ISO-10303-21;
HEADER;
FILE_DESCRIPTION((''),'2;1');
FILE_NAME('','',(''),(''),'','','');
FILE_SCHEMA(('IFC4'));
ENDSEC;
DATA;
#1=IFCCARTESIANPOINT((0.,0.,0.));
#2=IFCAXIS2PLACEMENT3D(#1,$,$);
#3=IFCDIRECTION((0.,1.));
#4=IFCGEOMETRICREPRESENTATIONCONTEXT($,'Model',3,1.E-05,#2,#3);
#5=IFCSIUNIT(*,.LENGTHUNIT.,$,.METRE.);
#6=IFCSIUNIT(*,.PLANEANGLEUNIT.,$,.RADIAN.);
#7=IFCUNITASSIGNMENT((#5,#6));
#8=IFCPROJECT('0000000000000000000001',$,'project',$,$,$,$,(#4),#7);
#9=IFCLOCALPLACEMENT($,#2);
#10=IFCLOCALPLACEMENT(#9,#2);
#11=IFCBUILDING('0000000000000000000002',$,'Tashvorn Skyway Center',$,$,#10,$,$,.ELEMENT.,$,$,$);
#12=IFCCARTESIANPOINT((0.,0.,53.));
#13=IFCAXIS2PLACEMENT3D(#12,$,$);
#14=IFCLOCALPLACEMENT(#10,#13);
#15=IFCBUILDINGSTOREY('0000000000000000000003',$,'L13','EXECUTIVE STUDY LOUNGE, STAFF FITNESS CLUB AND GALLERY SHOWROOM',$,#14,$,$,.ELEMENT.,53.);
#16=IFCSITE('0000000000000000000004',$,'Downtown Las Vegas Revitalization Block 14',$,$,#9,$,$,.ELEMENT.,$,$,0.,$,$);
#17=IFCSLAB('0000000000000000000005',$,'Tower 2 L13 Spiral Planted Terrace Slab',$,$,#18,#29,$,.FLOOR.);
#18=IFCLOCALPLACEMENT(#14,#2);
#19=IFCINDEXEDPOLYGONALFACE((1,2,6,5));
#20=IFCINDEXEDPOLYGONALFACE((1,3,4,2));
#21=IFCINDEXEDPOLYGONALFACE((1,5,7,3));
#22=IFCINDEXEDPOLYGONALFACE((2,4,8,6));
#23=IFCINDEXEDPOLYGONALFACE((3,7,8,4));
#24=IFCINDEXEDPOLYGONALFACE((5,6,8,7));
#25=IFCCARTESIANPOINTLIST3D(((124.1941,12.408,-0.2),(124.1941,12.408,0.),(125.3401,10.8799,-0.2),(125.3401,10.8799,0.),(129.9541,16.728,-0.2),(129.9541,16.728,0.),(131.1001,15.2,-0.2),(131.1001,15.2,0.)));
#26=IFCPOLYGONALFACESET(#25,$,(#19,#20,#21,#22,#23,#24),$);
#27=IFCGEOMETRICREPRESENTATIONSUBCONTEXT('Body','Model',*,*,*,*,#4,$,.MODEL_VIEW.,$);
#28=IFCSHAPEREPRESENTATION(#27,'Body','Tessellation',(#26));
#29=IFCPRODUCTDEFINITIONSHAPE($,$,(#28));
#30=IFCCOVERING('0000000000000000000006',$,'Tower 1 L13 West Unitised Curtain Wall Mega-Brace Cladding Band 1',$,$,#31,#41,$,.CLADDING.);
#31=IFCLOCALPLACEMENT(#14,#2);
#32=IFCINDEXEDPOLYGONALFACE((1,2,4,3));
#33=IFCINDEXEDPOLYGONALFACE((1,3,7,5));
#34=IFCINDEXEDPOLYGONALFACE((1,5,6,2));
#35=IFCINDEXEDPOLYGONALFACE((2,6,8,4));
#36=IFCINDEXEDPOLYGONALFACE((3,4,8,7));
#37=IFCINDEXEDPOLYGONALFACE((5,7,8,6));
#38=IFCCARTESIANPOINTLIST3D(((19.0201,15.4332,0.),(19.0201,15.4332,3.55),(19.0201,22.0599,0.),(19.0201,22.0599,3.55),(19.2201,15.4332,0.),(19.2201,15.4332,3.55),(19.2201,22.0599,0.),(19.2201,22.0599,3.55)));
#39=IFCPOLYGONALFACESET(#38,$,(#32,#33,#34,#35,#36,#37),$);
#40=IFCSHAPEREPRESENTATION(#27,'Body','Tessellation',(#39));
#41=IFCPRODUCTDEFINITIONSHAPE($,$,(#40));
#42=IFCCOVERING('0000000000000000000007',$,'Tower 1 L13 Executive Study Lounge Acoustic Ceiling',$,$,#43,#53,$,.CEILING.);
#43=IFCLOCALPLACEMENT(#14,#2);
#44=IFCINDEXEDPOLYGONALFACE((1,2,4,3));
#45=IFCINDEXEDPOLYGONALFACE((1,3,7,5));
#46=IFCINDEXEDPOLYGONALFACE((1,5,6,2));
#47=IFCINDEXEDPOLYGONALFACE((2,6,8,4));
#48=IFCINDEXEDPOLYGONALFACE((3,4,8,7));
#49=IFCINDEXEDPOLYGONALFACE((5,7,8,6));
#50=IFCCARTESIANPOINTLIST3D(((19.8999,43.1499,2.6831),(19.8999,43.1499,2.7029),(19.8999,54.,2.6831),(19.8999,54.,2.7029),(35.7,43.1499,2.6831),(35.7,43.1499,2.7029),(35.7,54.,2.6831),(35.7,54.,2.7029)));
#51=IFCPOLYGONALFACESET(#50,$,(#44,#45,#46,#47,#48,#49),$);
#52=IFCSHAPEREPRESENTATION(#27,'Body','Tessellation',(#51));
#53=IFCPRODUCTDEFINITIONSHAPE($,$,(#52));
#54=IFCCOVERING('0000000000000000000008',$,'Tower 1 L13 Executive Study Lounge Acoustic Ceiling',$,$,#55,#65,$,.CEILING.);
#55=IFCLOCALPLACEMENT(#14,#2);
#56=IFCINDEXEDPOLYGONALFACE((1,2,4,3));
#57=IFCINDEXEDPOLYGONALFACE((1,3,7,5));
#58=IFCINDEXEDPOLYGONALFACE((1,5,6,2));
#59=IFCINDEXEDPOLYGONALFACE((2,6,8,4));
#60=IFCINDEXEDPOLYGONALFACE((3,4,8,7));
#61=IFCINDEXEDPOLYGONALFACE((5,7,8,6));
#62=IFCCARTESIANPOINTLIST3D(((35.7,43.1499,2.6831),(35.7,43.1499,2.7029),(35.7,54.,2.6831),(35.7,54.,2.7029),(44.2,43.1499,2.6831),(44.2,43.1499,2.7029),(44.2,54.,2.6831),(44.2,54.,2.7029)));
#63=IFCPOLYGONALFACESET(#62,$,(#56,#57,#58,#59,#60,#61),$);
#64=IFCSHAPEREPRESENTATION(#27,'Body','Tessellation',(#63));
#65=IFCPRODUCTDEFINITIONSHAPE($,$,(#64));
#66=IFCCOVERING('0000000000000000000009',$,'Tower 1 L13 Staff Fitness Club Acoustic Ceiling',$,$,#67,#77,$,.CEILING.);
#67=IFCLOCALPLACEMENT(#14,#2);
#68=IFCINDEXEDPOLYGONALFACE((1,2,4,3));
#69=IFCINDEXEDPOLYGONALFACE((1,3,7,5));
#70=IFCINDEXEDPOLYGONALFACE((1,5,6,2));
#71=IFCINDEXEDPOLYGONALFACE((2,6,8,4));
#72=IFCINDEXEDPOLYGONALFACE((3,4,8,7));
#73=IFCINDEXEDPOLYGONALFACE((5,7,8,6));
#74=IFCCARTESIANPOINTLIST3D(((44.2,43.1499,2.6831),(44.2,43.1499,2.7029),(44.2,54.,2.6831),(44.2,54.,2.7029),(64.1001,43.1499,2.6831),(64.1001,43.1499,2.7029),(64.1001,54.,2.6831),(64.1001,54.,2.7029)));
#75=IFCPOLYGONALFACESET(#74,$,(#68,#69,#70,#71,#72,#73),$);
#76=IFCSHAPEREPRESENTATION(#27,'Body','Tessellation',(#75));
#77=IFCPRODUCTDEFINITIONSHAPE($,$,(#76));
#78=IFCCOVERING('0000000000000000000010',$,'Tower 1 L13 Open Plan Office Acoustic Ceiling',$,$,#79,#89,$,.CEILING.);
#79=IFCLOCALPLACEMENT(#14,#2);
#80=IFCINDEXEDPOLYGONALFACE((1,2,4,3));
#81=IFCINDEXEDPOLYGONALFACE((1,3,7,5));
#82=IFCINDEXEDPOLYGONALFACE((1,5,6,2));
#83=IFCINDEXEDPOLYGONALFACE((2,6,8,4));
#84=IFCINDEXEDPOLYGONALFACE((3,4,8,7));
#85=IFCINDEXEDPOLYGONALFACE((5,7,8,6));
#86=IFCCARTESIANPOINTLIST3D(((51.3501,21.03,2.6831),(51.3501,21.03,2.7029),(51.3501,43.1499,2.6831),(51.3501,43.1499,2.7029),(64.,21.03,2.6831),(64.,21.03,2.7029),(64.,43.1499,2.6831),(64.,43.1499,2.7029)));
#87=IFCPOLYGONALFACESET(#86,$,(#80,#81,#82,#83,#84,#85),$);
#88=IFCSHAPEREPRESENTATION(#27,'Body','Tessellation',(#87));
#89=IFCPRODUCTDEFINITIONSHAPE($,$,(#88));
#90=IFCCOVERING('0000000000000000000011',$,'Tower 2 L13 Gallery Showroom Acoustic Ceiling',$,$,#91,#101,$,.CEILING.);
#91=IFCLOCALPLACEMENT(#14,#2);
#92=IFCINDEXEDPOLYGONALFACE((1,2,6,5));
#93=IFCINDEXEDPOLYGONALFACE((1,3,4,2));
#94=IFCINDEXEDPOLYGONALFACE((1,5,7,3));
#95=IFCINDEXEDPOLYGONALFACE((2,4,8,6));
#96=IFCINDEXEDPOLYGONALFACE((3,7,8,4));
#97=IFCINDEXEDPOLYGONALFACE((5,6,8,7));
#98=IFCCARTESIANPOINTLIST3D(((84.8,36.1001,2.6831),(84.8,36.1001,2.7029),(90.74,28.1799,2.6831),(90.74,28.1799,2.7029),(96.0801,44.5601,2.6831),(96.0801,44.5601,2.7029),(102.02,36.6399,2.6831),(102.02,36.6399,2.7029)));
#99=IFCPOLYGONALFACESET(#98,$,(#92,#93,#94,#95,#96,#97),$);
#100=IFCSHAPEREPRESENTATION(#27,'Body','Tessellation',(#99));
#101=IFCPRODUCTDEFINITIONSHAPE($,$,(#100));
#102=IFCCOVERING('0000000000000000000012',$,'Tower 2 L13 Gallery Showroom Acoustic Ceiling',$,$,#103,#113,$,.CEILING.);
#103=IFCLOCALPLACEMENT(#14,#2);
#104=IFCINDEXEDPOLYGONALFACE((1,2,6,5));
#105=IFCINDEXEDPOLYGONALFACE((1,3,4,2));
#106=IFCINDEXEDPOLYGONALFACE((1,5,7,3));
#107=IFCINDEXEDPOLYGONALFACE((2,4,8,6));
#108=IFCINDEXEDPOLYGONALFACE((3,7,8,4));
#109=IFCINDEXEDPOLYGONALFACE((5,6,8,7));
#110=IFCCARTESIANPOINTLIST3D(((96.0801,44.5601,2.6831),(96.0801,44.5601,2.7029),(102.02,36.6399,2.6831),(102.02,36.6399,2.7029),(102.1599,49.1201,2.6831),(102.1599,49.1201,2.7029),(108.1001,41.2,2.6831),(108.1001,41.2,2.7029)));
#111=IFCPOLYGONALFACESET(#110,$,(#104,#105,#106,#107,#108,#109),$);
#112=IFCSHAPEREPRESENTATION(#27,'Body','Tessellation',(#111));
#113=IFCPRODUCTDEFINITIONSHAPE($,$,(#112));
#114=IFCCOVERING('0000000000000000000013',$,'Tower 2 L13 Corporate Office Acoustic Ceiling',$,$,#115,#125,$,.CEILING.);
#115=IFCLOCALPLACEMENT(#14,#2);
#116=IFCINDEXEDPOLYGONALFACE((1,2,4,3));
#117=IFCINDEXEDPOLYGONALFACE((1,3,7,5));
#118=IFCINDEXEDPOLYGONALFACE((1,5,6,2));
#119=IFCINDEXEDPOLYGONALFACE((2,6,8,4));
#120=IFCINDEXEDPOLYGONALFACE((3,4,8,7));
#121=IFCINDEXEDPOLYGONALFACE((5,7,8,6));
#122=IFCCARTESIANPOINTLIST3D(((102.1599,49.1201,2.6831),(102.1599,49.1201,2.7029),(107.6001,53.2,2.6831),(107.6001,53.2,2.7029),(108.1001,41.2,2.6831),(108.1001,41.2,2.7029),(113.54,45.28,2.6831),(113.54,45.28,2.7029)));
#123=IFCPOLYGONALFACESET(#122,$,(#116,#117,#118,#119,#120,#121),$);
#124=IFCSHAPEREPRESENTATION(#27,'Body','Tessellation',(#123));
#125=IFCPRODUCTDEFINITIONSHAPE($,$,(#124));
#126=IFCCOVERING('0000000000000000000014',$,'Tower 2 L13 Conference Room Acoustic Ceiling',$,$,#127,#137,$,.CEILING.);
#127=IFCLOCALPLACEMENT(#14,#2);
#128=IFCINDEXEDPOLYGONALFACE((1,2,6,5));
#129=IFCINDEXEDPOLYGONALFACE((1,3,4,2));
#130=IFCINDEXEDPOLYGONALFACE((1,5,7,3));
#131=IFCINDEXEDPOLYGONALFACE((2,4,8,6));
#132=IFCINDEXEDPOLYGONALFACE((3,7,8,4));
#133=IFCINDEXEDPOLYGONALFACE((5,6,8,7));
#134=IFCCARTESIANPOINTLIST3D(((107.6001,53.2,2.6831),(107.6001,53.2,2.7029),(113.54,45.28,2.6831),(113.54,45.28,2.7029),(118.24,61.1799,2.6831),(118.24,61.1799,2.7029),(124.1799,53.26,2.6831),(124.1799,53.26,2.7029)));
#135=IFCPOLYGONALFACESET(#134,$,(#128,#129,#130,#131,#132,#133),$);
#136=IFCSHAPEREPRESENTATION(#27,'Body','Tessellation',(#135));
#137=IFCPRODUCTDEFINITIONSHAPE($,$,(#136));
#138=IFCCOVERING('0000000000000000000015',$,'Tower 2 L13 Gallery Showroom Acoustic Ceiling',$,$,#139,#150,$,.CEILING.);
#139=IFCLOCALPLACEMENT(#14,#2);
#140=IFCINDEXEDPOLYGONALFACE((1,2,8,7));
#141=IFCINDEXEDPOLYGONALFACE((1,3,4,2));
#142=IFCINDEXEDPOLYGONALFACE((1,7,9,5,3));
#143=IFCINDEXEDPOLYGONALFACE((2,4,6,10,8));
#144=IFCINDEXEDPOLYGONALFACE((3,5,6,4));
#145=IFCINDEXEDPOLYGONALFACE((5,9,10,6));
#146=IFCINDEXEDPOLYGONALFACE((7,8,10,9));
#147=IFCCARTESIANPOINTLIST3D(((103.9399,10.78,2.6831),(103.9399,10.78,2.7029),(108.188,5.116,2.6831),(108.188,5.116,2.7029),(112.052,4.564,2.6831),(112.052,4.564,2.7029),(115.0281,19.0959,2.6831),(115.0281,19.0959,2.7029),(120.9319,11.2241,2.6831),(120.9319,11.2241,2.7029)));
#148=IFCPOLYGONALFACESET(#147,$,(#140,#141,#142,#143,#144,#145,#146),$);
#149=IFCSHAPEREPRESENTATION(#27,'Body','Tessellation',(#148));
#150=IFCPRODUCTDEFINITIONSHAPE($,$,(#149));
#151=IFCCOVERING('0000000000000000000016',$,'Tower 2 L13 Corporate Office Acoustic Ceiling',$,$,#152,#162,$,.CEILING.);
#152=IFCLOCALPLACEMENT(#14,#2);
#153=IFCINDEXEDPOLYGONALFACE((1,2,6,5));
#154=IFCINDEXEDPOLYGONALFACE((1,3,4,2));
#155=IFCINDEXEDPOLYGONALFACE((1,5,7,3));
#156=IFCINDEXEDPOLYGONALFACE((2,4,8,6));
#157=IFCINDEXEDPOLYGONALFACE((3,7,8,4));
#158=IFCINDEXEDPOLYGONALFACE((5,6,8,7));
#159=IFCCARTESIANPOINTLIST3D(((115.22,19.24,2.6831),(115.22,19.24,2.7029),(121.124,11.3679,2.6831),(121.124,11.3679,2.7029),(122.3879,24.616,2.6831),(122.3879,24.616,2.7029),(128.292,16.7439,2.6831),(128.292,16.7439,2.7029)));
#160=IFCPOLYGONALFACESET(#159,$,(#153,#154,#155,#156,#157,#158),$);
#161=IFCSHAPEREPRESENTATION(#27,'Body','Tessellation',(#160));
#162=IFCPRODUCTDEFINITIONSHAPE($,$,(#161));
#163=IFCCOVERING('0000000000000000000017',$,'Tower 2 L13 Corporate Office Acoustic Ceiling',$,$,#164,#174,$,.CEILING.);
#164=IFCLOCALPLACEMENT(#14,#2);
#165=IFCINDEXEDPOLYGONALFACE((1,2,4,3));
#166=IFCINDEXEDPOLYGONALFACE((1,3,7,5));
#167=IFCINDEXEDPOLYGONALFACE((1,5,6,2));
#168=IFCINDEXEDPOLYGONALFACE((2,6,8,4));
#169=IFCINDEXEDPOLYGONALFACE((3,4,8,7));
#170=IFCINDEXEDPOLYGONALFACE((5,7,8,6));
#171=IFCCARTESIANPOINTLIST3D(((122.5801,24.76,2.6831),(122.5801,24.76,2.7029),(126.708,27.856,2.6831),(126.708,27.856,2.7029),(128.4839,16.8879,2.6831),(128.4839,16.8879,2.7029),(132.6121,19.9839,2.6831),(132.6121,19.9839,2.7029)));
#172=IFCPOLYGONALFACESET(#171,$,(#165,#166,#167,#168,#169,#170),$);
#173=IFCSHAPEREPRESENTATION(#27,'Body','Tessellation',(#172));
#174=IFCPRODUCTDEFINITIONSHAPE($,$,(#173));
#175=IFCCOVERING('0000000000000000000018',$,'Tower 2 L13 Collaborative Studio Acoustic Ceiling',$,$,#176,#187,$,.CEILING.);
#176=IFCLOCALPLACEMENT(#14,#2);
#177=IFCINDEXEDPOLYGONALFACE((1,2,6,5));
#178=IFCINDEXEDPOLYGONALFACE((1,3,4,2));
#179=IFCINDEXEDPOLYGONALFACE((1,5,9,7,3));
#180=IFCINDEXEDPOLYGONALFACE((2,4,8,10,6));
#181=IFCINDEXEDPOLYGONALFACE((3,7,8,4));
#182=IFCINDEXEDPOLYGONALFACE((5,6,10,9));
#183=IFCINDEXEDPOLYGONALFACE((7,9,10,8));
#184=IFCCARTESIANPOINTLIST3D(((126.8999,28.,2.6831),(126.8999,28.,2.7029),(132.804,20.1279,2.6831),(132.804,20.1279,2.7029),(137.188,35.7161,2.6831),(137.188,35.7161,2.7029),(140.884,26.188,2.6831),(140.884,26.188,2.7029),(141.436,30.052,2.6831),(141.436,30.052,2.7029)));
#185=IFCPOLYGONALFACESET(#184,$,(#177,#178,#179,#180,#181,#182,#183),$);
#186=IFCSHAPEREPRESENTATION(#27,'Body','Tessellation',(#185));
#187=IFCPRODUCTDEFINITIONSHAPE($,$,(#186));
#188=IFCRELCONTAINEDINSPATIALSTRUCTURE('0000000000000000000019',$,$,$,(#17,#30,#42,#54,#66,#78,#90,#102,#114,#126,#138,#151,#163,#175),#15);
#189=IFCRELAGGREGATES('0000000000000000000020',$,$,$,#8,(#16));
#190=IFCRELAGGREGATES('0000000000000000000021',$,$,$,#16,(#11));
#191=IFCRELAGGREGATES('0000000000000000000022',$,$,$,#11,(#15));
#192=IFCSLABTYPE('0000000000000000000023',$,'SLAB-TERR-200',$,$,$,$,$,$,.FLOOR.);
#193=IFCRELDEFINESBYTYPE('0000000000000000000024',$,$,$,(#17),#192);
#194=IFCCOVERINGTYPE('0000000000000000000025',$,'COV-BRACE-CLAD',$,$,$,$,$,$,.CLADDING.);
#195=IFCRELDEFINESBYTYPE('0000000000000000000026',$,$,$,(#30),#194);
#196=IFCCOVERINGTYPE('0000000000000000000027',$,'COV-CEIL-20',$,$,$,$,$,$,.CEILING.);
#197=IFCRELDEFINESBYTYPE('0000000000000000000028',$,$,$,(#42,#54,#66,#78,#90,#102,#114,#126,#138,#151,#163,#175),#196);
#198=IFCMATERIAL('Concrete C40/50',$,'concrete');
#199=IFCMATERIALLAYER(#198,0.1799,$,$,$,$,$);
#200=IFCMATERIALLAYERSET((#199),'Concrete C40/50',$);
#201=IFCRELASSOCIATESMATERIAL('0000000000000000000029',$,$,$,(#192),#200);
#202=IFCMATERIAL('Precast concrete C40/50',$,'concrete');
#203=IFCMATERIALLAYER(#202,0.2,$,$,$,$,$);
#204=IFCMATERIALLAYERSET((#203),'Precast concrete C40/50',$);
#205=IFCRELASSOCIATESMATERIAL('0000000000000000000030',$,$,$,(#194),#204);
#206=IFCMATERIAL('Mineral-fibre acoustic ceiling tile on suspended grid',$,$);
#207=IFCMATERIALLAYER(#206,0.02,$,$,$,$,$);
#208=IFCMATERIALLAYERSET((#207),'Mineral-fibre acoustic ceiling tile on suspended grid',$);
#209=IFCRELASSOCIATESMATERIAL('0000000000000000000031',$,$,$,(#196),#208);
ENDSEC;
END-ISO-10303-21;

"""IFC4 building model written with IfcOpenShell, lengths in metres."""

from ifc_helpers import new_model, si_unit, direction, frame, origin, origin_2d, place, context, subcontext, project, spatial, polyline, rectangle, outline, extrude, material, layer, layer_set, type_object, element, save


model = new_model("IFC4")

# Units and contexts
model_context = context("Model", 3, precision=1e-05, world=origin(), true_north=direction((0.0, 1.0)))
body_context = subcontext(model_context, "Body", "Model", "MODEL_VIEW")
ifc_project = project(units=[si_unit("LENGTHUNIT", "METRE"), si_unit("PLANEANGLEUNIT", "RADIAN")], contexts=[model_context])

# Site, building, storey
site_placement = place(None, origin())
site = spatial("IfcSite", under=ifc_project, at=site_placement, Name="Downtown Las Vegas Revitalization Block 14", CompositionType="ELEMENT", RefElevation=0.0)
building_placement = place(site_placement, origin())
building = spatial("IfcBuilding", under=site, at=building_placement, Name="Tashvorn Skyway Center", CompositionType="ELEMENT")
storey_placement = place(building_placement, frame((0.0, 0.0, 53.0)))
storey = spatial("IfcBuildingStorey", under=building, at=storey_placement, Name="L13", Description="EXECUTIVE STUDY LOUNGE, STAFF FITNESS CLUB AND GALLERY SHOWROOM", CompositionType="ELEMENT", Elevation=53.0)

# Shared definitions
ifc_material_1 = material(Name="Concrete C40/50", Category="concrete")

# Slab
ifc_layer_1 = layer(ifc_material_1, 0.1799)
ifc_layer_set_1 = layer_set([ifc_layer_1], Name="Concrete C40/50")
slab_type_1 = type_object("IfcSlabType", Name="SLAB-TERR-200", PredefinedType="FLOOR", material=ifc_layer_set_1)
slab_1_placement = place(storey_placement, frame((0.0, 0.0, -0.2)))
element("IfcSlab", 1, at=slab_1_placement, inside=storey, type_object=slab_type_1, Name="Tower 2 L13 Spiral Planted Terrace Slab", PredefinedType="FLOOR", context=body_context, shape_type="SweptSolid", body=[
    extrude(outline(polyline([(125.3401, 10.8799), (131.1001, 15.2), (129.9541, 16.728), (124.1941, 12.408), (125.3401, 10.8799)])), origin(), (0.0, 0.0, 1.0), 0.2),
])

# Coverings
ifc_material_2 = material(Name="Precast concrete C40/50", Category="concrete")
ifc_layer_2 = layer(ifc_material_2, 0.2)
ifc_layer_set_2 = layer_set([ifc_layer_2], Name="Precast concrete C40/50")
covering_type_1 = type_object("IfcCoveringType", Name="COV-BRACE-CLAD", PredefinedType="CLADDING", material=ifc_layer_set_2)
covering_1_placement = place(storey_placement, frame((19.1201, 18.7466, 0.0), z_axis=(0.0, 0.0, 1.0), x_axis=(0.0, 1.0, 0.0)))
element("IfcCovering", 2, at=covering_1_placement, inside=storey, type_object=covering_type_1, Name="Tower 1 L13 West Unitised Curtain Wall Mega-Brace Cladding Band 1", PredefinedType="CLADDING", context=body_context, shape_type="SweptSolid", body=[
    extrude(rectangle(XDim=6.6267, YDim=0.2, at=origin_2d()), origin(), (0.0, 0.0, 1.0), 3.55),
])
ifc_material_3 = material(Name="Mineral-fibre acoustic ceiling tile on suspended grid")
ifc_layer_3 = layer(ifc_material_3, 0.02)
ifc_layer_set_3 = layer_set([ifc_layer_3], Name="Mineral-fibre acoustic ceiling tile on suspended grid")
covering_type_2 = type_object("IfcCoveringType", Name="COV-CEIL-20", PredefinedType="CEILING", material=ifc_layer_set_3)
covering_2_placement = place(storey_placement, frame((0.0, 0.0, 2.6831)))
element("IfcCovering", 3, at=covering_2_placement, inside=storey, type_object=covering_type_2, Name="Tower 1 L13 Executive Study Lounge Acoustic Ceiling", PredefinedType="CEILING", context=body_context, shape_type="SweptSolid", body=[
    extrude(outline(polyline([(19.8999, 43.1499), (35.7, 43.1499), (35.7, 54.0), (19.8999, 54.0), (19.8999, 43.1499)])), origin(), (0.0, 0.0, 1.0), 0.0198),
])
covering_3_placement = place(storey_placement, frame((0.0, 0.0, 2.6831)))
element("IfcCovering", 4, at=covering_3_placement, inside=storey, type_object=covering_type_2, Name="Tower 1 L13 Executive Study Lounge Acoustic Ceiling", PredefinedType="CEILING", context=body_context, shape_type="SweptSolid", body=[
    extrude(outline(polyline([(35.7, 43.1499), (44.2, 43.1499), (44.2, 54.0), (35.7, 54.0), (35.7, 43.1499)])), origin(), (0.0, 0.0, 1.0), 0.0198),
])
covering_4_placement = place(storey_placement, frame((0.0, 0.0, 2.6831)))
element("IfcCovering", 5, at=covering_4_placement, inside=storey, type_object=covering_type_2, Name="Tower 1 L13 Staff Fitness Club Acoustic Ceiling", PredefinedType="CEILING", context=body_context, shape_type="SweptSolid", body=[
    extrude(outline(polyline([(44.2, 43.1499), (64.1001, 43.1499), (64.1001, 54.0), (44.2, 54.0), (44.2, 43.1499)])), origin(), (0.0, 0.0, 1.0), 0.0198),
])
covering_5_placement = place(storey_placement, frame((0.0, 0.0, 2.6831)))
element("IfcCovering", 6, at=covering_5_placement, inside=storey, type_object=covering_type_2, Name="Tower 1 L13 Open Plan Office Acoustic Ceiling", PredefinedType="CEILING", context=body_context, shape_type="SweptSolid", body=[
    extrude(outline(polyline([(51.3501, 21.03), (64.0, 21.03), (64.0, 43.1499), (51.3501, 43.1499), (51.3501, 21.03)])), origin(), (0.0, 0.0, 1.0), 0.0198),
])
covering_6_placement = place(storey_placement, frame((0.0, 0.0, 2.6831)))
element("IfcCovering", 7, at=covering_6_placement, inside=storey, type_object=covering_type_2, Name="Tower 2 L13 Gallery Showroom Acoustic Ceiling", PredefinedType="CEILING", context=body_context, shape_type="SweptSolid", body=[
    extrude(outline(polyline([(90.74, 28.1799), (102.02, 36.6399), (96.0801, 44.5601), (84.8, 36.1001), (90.74, 28.1799)])), origin(), (0.0, 0.0, 1.0), 0.0198),
])
covering_7_placement = place(storey_placement, frame((0.0, 0.0, 2.6831)))
element("IfcCovering", 8, at=covering_7_placement, inside=storey, type_object=covering_type_2, Name="Tower 2 L13 Gallery Showroom Acoustic Ceiling", PredefinedType="CEILING", context=body_context, shape_type="SweptSolid", body=[
    extrude(outline(polyline([(102.02, 36.6399), (108.1001, 41.2), (102.1599, 49.1201), (96.0801, 44.5601), (102.02, 36.6399)])), origin(), (0.0, 0.0, 1.0), 0.0198),
])
covering_8_placement = place(storey_placement, frame((0.0, 0.0, 2.6831)))
element("IfcCovering", 9, at=covering_8_placement, inside=storey, type_object=covering_type_2, Name="Tower 2 L13 Corporate Office Acoustic Ceiling", PredefinedType="CEILING", context=body_context, shape_type="SweptSolid", body=[
    extrude(outline(polyline([(108.1001, 41.2), (113.54, 45.28), (107.6001, 53.2), (102.1599, 49.1201), (108.1001, 41.2)])), origin(), (0.0, 0.0, 1.0), 0.0198),
])
covering_9_placement = place(storey_placement, frame((0.0, 0.0, 2.6831)))
element("IfcCovering", 10, at=covering_9_placement, inside=storey, type_object=covering_type_2, Name="Tower 2 L13 Conference Room Acoustic Ceiling", PredefinedType="CEILING", context=body_context, shape_type="SweptSolid", body=[
    extrude(outline(polyline([(113.54, 45.28), (124.1799, 53.26), (118.24, 61.1799), (107.6001, 53.2), (113.54, 45.28)])), origin(), (0.0, 0.0, 1.0), 0.0198),
])
covering_10_placement = place(storey_placement, frame((0.0, 0.0, 2.6831)))
element("IfcCovering", 11, at=covering_10_placement, inside=storey, type_object=covering_type_2, Name="Tower 2 L13 Gallery Showroom Acoustic Ceiling", PredefinedType="CEILING", context=body_context, shape_type="SweptSolid", body=[
    extrude(outline(polyline([(103.9399, 10.78), (115.0281, 19.0959), (120.9319, 11.2241), (112.052, 4.564), (108.188, 5.116), (103.9399, 10.78)])), origin(), (0.0, 0.0, 1.0), 0.0198),
])
covering_11_placement = place(storey_placement, frame((0.0, 0.0, 2.6831)))
element("IfcCovering", 12, at=covering_11_placement, inside=storey, type_object=covering_type_2, Name="Tower 2 L13 Corporate Office Acoustic Ceiling", PredefinedType="CEILING", context=body_context, shape_type="SweptSolid", body=[
    extrude(outline(polyline([(115.22, 19.24), (122.3879, 24.616), (128.292, 16.7439), (121.124, 11.3679), (115.22, 19.24)])), origin(), (0.0, 0.0, 1.0), 0.0198),
])
covering_12_placement = place(storey_placement, frame((0.0, 0.0, 2.6831)))
element("IfcCovering", 13, at=covering_12_placement, inside=storey, type_object=covering_type_2, Name="Tower 2 L13 Corporate Office Acoustic Ceiling", PredefinedType="CEILING", context=body_context, shape_type="SweptSolid", body=[
    extrude(outline(polyline([(122.5801, 24.76), (126.708, 27.856), (132.6121, 19.9839), (128.4839, 16.8879), (122.5801, 24.76)])), origin(), (0.0, 0.0, 1.0), 0.0198),
])
covering_13_placement = place(storey_placement, frame((0.0, 0.0, 2.6831)))
element("IfcCovering", 14, at=covering_13_placement, inside=storey, type_object=covering_type_2, Name="Tower 2 L13 Collaborative Studio Acoustic Ceiling", PredefinedType="CEILING", context=body_context, shape_type="SweptSolid", body=[
    extrude(outline(polyline([(132.804, 20.1279), (126.8999, 28.0), (137.188, 35.7161), (141.436, 30.052), (140.884, 26.188), (132.804, 20.1279)])), origin(), (0.0, 0.0, 1.0), 0.0198),
])

save(model, "model.ifc")
